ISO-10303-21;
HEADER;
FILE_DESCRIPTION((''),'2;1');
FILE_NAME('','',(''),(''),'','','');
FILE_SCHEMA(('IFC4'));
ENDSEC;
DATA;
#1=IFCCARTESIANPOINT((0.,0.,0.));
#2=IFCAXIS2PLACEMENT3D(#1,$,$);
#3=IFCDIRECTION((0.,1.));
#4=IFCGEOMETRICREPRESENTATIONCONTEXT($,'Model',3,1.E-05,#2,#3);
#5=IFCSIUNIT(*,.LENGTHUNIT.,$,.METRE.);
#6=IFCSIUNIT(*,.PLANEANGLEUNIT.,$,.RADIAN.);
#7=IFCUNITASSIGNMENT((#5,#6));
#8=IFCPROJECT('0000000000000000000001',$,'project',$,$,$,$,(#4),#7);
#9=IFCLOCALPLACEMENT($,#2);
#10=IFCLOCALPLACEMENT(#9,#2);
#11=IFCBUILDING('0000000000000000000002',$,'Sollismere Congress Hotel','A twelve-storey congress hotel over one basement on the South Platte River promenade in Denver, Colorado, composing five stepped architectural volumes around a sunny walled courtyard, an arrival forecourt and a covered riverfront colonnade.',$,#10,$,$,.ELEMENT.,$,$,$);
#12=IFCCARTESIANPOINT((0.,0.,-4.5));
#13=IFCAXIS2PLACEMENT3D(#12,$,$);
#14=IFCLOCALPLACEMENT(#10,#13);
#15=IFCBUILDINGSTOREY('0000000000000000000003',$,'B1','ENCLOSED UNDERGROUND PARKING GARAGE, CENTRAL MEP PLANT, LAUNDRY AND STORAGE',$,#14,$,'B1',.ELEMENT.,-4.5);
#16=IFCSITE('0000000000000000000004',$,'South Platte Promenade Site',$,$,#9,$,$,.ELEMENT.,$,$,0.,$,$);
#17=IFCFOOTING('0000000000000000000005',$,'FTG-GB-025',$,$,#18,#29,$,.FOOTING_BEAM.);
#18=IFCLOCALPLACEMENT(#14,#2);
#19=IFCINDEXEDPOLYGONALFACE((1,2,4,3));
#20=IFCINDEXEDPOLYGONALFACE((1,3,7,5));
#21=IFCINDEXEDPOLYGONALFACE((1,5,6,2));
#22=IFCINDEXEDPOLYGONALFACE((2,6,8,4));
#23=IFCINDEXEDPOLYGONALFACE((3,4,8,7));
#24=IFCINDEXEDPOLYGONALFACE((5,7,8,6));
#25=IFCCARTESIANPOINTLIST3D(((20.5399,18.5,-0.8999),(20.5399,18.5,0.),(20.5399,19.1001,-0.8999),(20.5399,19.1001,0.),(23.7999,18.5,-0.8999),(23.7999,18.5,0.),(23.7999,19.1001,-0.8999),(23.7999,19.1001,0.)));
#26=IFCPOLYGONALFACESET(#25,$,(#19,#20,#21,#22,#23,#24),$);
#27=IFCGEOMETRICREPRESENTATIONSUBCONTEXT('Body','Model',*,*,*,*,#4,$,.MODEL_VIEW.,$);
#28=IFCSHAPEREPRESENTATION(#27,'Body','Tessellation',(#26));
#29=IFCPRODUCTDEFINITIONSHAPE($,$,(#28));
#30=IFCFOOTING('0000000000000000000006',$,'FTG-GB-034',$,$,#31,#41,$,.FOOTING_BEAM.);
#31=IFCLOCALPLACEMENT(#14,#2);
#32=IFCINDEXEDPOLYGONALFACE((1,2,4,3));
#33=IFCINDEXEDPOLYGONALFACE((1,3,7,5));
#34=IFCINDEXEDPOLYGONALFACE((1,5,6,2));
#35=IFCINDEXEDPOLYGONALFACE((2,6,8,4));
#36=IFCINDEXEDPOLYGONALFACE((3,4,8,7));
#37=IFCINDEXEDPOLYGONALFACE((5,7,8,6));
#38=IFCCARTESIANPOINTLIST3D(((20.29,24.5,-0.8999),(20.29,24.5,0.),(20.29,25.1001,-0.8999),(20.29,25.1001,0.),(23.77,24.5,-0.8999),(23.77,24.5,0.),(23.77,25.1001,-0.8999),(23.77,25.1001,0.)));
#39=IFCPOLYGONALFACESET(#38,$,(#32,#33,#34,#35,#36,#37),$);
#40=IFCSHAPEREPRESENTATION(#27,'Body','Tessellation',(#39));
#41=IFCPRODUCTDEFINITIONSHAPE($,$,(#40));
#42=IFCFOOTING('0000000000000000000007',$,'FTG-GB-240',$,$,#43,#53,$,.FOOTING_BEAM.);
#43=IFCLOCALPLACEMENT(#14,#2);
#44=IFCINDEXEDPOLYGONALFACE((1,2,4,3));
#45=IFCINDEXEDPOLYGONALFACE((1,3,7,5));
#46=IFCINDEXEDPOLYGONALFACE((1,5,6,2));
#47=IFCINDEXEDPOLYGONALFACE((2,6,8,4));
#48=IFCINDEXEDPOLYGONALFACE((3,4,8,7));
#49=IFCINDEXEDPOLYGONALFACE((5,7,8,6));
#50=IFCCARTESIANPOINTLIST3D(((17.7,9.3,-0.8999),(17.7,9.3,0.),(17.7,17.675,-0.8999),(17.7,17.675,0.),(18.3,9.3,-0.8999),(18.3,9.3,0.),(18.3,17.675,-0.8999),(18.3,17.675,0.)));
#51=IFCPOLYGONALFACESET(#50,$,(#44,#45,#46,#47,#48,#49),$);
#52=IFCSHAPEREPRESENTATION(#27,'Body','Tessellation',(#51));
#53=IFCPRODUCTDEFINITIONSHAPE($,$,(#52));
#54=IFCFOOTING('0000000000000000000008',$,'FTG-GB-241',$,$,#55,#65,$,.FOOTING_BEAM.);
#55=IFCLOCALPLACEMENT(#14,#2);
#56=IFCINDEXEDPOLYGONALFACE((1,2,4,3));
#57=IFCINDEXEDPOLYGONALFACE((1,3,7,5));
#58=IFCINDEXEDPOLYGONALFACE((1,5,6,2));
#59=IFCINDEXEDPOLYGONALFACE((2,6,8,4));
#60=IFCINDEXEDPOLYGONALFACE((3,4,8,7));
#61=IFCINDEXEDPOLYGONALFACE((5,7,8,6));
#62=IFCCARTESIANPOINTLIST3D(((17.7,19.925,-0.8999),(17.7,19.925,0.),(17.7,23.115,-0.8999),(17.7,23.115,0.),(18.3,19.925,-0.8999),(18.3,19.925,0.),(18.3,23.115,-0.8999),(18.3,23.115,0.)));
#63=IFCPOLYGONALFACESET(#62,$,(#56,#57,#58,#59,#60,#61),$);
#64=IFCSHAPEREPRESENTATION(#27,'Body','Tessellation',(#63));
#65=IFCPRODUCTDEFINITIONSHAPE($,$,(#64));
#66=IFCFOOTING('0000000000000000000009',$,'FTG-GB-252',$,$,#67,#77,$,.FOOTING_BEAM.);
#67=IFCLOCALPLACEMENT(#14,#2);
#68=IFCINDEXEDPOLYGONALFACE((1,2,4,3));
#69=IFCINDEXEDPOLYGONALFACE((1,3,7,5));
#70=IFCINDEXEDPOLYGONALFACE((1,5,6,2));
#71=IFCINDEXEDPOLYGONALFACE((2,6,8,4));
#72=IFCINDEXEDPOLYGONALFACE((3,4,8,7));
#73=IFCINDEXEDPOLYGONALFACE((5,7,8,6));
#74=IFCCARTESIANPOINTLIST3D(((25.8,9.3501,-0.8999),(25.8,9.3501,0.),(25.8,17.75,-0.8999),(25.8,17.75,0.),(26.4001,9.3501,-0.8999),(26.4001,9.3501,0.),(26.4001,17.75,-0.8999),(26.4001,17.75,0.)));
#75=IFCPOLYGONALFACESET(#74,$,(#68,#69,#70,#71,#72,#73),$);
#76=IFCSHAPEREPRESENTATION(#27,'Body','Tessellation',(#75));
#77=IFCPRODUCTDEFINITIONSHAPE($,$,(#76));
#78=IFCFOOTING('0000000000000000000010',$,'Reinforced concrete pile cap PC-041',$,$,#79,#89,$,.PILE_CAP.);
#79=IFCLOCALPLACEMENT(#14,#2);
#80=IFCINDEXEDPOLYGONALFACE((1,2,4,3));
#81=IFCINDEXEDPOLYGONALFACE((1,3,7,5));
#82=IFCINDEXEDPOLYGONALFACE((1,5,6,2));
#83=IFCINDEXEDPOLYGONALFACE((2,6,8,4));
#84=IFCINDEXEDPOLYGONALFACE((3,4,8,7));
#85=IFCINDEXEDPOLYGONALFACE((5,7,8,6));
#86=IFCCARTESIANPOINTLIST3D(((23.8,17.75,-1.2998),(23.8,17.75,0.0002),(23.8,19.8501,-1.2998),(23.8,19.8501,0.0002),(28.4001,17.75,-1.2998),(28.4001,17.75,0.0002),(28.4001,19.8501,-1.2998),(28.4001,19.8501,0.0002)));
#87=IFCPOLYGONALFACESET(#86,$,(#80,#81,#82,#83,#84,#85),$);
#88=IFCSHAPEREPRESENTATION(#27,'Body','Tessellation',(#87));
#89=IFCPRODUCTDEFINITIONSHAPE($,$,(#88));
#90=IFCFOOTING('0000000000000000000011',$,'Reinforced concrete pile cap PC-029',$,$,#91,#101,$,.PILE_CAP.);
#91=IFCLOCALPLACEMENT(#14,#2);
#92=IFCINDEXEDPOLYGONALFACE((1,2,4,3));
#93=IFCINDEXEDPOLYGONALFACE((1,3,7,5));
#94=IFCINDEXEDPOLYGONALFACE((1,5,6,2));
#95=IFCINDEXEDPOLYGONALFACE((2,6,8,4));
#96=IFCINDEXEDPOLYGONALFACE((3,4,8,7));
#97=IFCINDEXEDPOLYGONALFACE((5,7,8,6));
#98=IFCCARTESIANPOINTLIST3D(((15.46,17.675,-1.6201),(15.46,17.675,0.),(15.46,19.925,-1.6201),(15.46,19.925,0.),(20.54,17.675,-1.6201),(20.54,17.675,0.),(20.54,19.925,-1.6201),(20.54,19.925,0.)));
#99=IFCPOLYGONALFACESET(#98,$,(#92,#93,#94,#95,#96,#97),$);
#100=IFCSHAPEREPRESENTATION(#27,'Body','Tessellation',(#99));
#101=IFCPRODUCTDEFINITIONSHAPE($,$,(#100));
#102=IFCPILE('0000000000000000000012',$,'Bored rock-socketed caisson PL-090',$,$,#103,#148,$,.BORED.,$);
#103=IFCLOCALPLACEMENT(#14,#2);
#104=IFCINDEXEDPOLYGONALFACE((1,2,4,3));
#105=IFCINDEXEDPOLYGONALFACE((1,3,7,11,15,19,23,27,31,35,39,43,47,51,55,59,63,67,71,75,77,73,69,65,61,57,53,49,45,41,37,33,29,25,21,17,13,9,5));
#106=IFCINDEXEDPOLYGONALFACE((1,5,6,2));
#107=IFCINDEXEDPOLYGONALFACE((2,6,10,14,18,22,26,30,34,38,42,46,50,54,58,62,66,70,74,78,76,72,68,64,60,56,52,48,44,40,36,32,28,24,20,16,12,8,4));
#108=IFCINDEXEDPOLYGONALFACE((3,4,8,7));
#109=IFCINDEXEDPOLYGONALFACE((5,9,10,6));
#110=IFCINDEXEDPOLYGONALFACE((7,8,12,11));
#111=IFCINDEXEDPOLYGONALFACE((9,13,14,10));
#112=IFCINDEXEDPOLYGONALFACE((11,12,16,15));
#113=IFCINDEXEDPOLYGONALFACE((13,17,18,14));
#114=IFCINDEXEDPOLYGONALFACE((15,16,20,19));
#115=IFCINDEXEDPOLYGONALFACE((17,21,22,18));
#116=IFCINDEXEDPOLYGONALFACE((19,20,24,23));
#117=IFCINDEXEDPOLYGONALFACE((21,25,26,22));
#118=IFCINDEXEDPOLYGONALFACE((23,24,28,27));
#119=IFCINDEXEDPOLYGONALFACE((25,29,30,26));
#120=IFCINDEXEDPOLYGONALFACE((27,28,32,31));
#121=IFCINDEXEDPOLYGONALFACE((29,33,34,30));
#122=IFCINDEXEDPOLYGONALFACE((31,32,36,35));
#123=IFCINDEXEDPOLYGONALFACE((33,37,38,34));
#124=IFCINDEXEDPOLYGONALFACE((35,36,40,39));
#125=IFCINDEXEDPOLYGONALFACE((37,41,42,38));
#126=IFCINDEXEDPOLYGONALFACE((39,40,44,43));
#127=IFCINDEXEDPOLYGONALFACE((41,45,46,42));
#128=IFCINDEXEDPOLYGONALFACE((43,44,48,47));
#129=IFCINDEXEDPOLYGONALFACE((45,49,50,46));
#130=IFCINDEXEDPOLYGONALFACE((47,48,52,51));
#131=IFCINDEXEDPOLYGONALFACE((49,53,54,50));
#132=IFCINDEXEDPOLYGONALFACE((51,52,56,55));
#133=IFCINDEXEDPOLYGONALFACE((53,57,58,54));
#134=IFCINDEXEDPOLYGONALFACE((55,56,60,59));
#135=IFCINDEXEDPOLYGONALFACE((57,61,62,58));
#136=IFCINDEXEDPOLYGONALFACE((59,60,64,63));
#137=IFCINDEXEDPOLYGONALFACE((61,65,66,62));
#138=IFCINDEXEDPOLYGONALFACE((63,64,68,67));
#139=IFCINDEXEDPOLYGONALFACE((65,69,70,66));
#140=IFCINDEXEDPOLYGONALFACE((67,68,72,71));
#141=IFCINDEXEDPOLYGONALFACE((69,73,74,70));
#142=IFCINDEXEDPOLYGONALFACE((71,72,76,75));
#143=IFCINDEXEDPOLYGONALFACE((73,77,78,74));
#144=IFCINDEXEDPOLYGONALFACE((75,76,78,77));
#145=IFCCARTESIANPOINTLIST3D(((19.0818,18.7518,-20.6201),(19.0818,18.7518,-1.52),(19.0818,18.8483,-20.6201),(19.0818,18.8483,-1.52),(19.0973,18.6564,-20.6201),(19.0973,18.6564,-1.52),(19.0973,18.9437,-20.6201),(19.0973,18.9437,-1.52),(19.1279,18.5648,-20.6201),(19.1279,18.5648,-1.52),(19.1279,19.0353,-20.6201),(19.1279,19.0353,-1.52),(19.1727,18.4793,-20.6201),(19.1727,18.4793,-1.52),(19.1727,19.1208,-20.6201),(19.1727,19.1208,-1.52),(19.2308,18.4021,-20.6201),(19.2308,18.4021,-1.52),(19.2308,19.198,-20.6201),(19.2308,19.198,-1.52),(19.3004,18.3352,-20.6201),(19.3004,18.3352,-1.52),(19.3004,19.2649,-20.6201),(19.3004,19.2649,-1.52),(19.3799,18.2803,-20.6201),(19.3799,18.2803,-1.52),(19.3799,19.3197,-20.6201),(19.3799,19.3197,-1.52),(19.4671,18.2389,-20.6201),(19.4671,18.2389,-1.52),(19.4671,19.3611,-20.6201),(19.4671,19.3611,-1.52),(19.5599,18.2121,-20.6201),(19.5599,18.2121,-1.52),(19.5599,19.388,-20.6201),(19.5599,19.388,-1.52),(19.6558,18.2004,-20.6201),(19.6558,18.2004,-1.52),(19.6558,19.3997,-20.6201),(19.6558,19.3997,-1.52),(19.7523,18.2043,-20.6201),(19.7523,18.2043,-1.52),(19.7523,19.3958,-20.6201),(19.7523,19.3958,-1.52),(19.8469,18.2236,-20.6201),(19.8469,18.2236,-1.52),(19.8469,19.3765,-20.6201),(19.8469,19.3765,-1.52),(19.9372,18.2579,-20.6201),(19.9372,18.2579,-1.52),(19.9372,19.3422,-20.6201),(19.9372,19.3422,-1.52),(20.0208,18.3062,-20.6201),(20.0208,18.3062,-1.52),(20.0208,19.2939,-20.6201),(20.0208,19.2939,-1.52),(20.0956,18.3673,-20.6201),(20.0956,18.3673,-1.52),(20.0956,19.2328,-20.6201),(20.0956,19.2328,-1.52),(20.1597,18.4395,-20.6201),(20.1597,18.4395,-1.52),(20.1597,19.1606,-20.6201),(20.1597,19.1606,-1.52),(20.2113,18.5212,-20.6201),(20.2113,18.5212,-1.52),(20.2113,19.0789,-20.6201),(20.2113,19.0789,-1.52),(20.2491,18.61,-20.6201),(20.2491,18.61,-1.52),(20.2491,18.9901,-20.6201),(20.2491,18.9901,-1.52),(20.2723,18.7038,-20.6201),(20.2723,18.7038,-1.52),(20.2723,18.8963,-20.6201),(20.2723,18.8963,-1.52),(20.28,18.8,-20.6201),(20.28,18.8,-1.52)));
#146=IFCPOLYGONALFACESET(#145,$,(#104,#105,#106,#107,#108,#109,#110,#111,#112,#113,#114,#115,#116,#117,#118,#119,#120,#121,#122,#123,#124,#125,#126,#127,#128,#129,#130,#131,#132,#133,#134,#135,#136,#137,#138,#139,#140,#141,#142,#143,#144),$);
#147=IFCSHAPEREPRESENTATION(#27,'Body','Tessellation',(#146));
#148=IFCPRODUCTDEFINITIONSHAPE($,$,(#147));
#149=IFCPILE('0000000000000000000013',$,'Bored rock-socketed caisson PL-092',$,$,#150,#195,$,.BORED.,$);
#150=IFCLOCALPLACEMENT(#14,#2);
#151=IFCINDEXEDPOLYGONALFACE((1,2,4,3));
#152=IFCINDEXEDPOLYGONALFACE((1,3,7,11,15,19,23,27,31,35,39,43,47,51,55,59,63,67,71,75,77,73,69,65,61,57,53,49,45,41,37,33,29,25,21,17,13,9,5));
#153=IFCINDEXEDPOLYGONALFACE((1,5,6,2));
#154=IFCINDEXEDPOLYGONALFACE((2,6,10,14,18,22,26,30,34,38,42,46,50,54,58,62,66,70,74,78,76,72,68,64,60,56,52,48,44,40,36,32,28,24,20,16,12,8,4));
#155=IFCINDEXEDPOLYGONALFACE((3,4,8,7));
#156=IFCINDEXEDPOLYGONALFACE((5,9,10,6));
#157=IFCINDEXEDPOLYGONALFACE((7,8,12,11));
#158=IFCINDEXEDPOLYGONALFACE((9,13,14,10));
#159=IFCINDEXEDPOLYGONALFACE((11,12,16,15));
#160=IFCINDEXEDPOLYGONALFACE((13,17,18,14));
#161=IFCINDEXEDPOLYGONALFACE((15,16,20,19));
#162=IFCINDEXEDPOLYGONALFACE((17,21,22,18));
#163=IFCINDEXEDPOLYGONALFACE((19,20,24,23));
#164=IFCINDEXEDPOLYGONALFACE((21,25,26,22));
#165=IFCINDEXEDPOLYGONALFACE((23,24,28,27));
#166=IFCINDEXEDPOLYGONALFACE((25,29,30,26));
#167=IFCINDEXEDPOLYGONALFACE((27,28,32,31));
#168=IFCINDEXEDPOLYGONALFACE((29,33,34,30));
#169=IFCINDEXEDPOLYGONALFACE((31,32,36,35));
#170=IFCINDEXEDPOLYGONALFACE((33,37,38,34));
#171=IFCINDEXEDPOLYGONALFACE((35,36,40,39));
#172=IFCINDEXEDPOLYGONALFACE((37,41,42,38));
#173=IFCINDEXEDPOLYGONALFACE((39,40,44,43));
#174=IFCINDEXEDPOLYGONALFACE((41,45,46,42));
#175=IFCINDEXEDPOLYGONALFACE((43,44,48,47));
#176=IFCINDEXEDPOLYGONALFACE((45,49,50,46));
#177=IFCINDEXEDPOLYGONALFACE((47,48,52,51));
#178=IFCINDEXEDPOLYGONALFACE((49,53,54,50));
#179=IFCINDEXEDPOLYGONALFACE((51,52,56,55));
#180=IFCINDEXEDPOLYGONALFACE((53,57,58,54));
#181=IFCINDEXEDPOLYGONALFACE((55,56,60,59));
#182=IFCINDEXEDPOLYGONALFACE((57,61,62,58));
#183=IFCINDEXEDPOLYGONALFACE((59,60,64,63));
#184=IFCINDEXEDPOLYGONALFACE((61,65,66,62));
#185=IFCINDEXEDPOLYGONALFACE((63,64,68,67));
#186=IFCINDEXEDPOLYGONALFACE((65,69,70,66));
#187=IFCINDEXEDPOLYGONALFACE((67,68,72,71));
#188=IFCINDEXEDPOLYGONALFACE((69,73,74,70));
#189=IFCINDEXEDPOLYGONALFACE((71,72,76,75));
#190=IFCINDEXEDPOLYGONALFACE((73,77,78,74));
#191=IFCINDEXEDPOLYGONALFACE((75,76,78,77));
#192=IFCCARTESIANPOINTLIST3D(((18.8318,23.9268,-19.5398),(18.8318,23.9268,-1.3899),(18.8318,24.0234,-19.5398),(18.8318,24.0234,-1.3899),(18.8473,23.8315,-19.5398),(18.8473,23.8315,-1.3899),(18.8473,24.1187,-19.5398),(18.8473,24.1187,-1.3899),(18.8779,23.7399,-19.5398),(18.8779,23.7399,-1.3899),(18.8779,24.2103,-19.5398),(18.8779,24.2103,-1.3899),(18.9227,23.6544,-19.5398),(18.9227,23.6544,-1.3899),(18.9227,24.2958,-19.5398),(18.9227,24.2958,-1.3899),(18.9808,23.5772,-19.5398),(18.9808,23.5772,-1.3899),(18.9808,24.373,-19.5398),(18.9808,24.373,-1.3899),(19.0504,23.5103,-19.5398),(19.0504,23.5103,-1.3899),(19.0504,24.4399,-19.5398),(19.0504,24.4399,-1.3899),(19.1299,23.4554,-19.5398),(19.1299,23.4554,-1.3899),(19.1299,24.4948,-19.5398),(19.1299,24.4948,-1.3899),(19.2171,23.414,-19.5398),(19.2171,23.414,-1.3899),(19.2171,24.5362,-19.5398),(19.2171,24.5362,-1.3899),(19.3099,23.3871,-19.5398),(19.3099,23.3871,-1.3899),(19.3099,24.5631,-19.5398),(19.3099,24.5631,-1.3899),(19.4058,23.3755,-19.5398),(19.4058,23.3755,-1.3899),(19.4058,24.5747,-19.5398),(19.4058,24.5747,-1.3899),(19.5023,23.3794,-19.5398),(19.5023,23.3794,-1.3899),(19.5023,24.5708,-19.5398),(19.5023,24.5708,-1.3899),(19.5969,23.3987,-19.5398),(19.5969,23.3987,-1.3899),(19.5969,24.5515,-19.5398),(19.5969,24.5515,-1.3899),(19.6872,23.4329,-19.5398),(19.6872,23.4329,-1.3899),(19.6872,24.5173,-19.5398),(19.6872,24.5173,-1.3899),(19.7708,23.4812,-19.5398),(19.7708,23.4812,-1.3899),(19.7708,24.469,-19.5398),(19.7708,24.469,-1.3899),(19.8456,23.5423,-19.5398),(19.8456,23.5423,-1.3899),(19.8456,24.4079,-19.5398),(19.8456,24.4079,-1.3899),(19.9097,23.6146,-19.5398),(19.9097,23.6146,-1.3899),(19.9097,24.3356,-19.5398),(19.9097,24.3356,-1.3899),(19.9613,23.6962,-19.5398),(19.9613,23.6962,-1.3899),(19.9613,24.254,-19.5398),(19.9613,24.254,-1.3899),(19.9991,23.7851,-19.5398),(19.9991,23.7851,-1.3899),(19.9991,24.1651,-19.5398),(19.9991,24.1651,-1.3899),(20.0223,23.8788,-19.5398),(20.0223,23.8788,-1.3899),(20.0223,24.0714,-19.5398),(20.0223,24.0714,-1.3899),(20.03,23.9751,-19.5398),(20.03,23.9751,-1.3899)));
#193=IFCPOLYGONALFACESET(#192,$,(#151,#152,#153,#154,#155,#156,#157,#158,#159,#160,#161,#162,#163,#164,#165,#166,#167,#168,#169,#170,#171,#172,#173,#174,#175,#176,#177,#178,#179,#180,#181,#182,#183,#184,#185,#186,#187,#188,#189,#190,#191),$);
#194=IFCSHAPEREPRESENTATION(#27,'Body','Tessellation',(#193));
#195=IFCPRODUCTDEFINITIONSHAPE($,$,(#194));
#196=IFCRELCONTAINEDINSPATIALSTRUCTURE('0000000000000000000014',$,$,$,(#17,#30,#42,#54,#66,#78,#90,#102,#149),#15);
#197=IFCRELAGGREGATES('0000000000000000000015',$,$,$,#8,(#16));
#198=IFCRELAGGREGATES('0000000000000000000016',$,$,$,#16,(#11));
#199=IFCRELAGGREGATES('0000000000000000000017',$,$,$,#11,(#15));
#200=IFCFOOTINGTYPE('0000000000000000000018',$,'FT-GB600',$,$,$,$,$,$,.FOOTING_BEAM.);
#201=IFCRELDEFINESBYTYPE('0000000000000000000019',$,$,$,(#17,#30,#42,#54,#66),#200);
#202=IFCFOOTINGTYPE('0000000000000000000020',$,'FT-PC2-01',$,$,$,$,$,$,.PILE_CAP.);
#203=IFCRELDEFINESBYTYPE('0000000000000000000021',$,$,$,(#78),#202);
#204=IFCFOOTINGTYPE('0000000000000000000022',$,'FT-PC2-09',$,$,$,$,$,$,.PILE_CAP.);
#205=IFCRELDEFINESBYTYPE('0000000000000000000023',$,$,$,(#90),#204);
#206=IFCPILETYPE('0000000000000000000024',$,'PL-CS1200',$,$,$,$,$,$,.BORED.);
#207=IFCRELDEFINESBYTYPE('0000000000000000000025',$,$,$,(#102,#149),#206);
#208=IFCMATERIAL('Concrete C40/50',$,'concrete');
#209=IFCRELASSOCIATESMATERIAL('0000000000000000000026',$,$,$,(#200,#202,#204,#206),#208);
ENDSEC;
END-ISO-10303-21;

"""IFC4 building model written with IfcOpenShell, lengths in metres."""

from ifc_helpers import new_model, si_unit, direction, frame, origin, origin_2d, place, context, subcontext, project, spatial, rectangle, circle, extrude, material, material_profile, profile_set, type_object, element, save


model = new_model("IFC4")

# Units and contexts
model_context = context("Model", 3, precision=1e-05, world=origin(), true_north=direction((0.0, 1.0)))
body_context = subcontext(model_context, "Body", "Model", "MODEL_VIEW")
ifc_project = project(units=[si_unit("LENGTHUNIT", "METRE"), si_unit("PLANEANGLEUNIT", "RADIAN")], contexts=[model_context])

# Site, building, storey
site_placement = place(None, origin())
site = spatial("IfcSite", under=ifc_project, at=site_placement, Name="South Platte Promenade Site", CompositionType="ELEMENT", RefElevation=0.0)
building_placement = place(site_placement, origin())
building = spatial("IfcBuilding", under=site, at=building_placement, Name="Sollismere Congress Hotel", Description="A twelve-storey congress hotel over one basement on the South Platte River promenade in Denver, Colorado, composing five stepped architectural volumes around a sunny walled courtyard, an arrival forecourt and a covered riverfront colonnade.", CompositionType="ELEMENT")
storey_placement = place(building_placement, frame((0.0, 0.0, -4.5)))
storey = spatial("IfcBuildingStorey", under=building, at=storey_placement, Name="B1", Description="ENCLOSED UNDERGROUND PARKING GARAGE, CENTRAL MEP PLANT, LAUNDRY AND STORAGE", LongName="B1", CompositionType="ELEMENT", Elevation=-4.5)

# Footings
ifc_material_1 = material(Name="Concrete C40/50", Category="concrete")
footing_type_1 = type_object("IfcFootingType", Name="FT-GB600", PredefinedType="FOOTING_BEAM", material=ifc_material_1)
footing_1_placement = place(storey_placement, frame((22.1699, 18.8, -0.8999), z_axis=(0.0, 0.0, 1.0), x_axis=(1.0, 0.0, 0.0)))
element("IfcFooting", 1, at=footing_1_placement, inside=storey, type_object=footing_type_1, Name="FTG-GB-025", PredefinedType="FOOTING_BEAM", context=body_context, shape_type="SweptSolid", body=[
    extrude(rectangle(XDim=3.26, YDim=0.6001, at=origin_2d()), origin(), (0.0, 0.0, 1.0), 0.8999),
])
footing_2_placement = place(storey_placement, frame((22.03, 24.8, -0.8999), z_axis=(0.0, 0.0, 1.0), x_axis=(1.0, 0.0, 0.0)))
element("IfcFooting", 2, at=footing_2_placement, inside=storey, type_object=footing_type_1, Name="FTG-GB-034", PredefinedType="FOOTING_BEAM", context=body_context, shape_type="SweptSolid", body=[
    extrude(rectangle(XDim=3.48, YDim=0.6001, at=origin_2d()), origin(), (0.0, 0.0, 1.0), 0.8999),
])
footing_3_placement = place(storey_placement, frame((18.0, 13.4875, -0.8999), z_axis=(0.0, 0.0, 1.0), x_axis=(0.0, 1.0, 0.0)))
element("IfcFooting", 3, at=footing_3_placement, inside=storey, type_object=footing_type_1, Name="FTG-GB-240", PredefinedType="FOOTING_BEAM", context=body_context, shape_type="SweptSolid", body=[
    extrude(rectangle(XDim=8.375, YDim=0.6001, at=origin_2d()), origin(), (0.0, 0.0, 1.0), 0.8999),
])
footing_4_placement = place(storey_placement, frame((18.0, 21.52, -0.8999), z_axis=(0.0, 0.0, 1.0), x_axis=(0.0, 1.0, 0.0)))
element("IfcFooting", 4, at=footing_4_placement, inside=storey, type_object=footing_type_1, Name="FTG-GB-241", PredefinedType="FOOTING_BEAM", context=body_context, shape_type="SweptSolid", body=[
    extrude(rectangle(XDim=3.1899, YDim=0.6001, at=origin_2d()), origin(), (0.0, 0.0, 1.0), 0.8999),
])
footing_5_placement = place(storey_placement, frame((26.1001, 13.55, -0.8999), z_axis=(0.0, 0.0, 1.0), x_axis=(0.0, 1.0, 0.0)))
element("IfcFooting", 5, at=footing_5_placement, inside=storey, type_object=footing_type_1, Name="FTG-GB-252", PredefinedType="FOOTING_BEAM", context=body_context, shape_type="SweptSolid", body=[
    extrude(rectangle(XDim=8.3999, YDim=0.6001, at=origin_2d()), origin(), (0.0, 0.0, 1.0), 0.8999),
])
footing_type_2 = type_object("IfcFootingType", Name="FT-PC2-01", PredefinedType="PILE_CAP", material=ifc_material_1)
footing_6_placement = place(storey_placement, frame((26.1001, 18.8, -1.2998), z_axis=(0.0, 0.0, 1.0), x_axis=(1.0, 0.0, 0.0)))
element("IfcFooting", 6, at=footing_6_placement, inside=storey, type_object=footing_type_2, Name="Reinforced concrete pile cap PC-041", PredefinedType="PILE_CAP", context=body_context, shape_type="SweptSolid", body=[
    extrude(rectangle(XDim=4.6001, YDim=2.1001, at=origin_2d()), origin(), (0.0, 0.0, 1.0), 1.3),
])
footing_type_3 = type_object("IfcFootingType", Name="FT-PC2-09", PredefinedType="PILE_CAP", material=ifc_material_1)
footing_7_placement = place(storey_placement, frame((18.0, 18.8, -1.6201), z_axis=(0.0, 0.0, 1.0), x_axis=(1.0, 0.0, 0.0)))
element("IfcFooting", 7, at=footing_7_placement, inside=storey, type_object=footing_type_3, Name="Reinforced concrete pile cap PC-029", PredefinedType="PILE_CAP", context=body_context, shape_type="SweptSolid", body=[
    extrude(rectangle(XDim=5.0801, YDim=2.25, at=origin_2d()), origin(), (0.0, 0.0, 1.0), 1.6201),
])

# Piles
ifc_material_profile_1 = material_profile(ifc_material_1, circle(Radius=0.6001, at=origin_2d()), Name="CAISSON1200")
ifc_profile_set_1 = profile_set([ifc_material_profile_1], Name="Concrete C40/50")
pile_type = type_object("IfcPileType", Name="PL-CS1200", PredefinedType="BORED", material=ifc_profile_set_1)
pile_1_placement = place(storey_placement, frame((19.6799, 18.8, -1.52), z_axis=(0.0, 0.0, -1.0), x_axis=(1.0, 0.0, 0.0)))
element("IfcPile", 8, at=pile_1_placement, inside=storey, type_object=pile_type, Name="Bored rock-socketed caisson PL-090", PredefinedType="BORED", context=body_context, shape_type="SweptSolid", body=[
    extrude(circle(Radius=0.6001, at=origin_2d()), origin(), (0.0, 0.0, 1.0), 19.1001),
])
pile_2_placement = place(storey_placement, frame((19.4299, 23.9751, -1.3899), z_axis=(0.0, 0.0, -1.0), x_axis=(1.0, 0.0, 0.0)))
element("IfcPile", 9, at=pile_2_placement, inside=storey, type_object=pile_type, Name="Bored rock-socketed caisson PL-092", PredefinedType="BORED", context=body_context, shape_type="SweptSolid", body=[
    extrude(circle(Radius=0.6001, at=origin_2d()), origin(), (0.0, 0.0, 1.0), 18.1499),
])

save(model, "model.ifc")
